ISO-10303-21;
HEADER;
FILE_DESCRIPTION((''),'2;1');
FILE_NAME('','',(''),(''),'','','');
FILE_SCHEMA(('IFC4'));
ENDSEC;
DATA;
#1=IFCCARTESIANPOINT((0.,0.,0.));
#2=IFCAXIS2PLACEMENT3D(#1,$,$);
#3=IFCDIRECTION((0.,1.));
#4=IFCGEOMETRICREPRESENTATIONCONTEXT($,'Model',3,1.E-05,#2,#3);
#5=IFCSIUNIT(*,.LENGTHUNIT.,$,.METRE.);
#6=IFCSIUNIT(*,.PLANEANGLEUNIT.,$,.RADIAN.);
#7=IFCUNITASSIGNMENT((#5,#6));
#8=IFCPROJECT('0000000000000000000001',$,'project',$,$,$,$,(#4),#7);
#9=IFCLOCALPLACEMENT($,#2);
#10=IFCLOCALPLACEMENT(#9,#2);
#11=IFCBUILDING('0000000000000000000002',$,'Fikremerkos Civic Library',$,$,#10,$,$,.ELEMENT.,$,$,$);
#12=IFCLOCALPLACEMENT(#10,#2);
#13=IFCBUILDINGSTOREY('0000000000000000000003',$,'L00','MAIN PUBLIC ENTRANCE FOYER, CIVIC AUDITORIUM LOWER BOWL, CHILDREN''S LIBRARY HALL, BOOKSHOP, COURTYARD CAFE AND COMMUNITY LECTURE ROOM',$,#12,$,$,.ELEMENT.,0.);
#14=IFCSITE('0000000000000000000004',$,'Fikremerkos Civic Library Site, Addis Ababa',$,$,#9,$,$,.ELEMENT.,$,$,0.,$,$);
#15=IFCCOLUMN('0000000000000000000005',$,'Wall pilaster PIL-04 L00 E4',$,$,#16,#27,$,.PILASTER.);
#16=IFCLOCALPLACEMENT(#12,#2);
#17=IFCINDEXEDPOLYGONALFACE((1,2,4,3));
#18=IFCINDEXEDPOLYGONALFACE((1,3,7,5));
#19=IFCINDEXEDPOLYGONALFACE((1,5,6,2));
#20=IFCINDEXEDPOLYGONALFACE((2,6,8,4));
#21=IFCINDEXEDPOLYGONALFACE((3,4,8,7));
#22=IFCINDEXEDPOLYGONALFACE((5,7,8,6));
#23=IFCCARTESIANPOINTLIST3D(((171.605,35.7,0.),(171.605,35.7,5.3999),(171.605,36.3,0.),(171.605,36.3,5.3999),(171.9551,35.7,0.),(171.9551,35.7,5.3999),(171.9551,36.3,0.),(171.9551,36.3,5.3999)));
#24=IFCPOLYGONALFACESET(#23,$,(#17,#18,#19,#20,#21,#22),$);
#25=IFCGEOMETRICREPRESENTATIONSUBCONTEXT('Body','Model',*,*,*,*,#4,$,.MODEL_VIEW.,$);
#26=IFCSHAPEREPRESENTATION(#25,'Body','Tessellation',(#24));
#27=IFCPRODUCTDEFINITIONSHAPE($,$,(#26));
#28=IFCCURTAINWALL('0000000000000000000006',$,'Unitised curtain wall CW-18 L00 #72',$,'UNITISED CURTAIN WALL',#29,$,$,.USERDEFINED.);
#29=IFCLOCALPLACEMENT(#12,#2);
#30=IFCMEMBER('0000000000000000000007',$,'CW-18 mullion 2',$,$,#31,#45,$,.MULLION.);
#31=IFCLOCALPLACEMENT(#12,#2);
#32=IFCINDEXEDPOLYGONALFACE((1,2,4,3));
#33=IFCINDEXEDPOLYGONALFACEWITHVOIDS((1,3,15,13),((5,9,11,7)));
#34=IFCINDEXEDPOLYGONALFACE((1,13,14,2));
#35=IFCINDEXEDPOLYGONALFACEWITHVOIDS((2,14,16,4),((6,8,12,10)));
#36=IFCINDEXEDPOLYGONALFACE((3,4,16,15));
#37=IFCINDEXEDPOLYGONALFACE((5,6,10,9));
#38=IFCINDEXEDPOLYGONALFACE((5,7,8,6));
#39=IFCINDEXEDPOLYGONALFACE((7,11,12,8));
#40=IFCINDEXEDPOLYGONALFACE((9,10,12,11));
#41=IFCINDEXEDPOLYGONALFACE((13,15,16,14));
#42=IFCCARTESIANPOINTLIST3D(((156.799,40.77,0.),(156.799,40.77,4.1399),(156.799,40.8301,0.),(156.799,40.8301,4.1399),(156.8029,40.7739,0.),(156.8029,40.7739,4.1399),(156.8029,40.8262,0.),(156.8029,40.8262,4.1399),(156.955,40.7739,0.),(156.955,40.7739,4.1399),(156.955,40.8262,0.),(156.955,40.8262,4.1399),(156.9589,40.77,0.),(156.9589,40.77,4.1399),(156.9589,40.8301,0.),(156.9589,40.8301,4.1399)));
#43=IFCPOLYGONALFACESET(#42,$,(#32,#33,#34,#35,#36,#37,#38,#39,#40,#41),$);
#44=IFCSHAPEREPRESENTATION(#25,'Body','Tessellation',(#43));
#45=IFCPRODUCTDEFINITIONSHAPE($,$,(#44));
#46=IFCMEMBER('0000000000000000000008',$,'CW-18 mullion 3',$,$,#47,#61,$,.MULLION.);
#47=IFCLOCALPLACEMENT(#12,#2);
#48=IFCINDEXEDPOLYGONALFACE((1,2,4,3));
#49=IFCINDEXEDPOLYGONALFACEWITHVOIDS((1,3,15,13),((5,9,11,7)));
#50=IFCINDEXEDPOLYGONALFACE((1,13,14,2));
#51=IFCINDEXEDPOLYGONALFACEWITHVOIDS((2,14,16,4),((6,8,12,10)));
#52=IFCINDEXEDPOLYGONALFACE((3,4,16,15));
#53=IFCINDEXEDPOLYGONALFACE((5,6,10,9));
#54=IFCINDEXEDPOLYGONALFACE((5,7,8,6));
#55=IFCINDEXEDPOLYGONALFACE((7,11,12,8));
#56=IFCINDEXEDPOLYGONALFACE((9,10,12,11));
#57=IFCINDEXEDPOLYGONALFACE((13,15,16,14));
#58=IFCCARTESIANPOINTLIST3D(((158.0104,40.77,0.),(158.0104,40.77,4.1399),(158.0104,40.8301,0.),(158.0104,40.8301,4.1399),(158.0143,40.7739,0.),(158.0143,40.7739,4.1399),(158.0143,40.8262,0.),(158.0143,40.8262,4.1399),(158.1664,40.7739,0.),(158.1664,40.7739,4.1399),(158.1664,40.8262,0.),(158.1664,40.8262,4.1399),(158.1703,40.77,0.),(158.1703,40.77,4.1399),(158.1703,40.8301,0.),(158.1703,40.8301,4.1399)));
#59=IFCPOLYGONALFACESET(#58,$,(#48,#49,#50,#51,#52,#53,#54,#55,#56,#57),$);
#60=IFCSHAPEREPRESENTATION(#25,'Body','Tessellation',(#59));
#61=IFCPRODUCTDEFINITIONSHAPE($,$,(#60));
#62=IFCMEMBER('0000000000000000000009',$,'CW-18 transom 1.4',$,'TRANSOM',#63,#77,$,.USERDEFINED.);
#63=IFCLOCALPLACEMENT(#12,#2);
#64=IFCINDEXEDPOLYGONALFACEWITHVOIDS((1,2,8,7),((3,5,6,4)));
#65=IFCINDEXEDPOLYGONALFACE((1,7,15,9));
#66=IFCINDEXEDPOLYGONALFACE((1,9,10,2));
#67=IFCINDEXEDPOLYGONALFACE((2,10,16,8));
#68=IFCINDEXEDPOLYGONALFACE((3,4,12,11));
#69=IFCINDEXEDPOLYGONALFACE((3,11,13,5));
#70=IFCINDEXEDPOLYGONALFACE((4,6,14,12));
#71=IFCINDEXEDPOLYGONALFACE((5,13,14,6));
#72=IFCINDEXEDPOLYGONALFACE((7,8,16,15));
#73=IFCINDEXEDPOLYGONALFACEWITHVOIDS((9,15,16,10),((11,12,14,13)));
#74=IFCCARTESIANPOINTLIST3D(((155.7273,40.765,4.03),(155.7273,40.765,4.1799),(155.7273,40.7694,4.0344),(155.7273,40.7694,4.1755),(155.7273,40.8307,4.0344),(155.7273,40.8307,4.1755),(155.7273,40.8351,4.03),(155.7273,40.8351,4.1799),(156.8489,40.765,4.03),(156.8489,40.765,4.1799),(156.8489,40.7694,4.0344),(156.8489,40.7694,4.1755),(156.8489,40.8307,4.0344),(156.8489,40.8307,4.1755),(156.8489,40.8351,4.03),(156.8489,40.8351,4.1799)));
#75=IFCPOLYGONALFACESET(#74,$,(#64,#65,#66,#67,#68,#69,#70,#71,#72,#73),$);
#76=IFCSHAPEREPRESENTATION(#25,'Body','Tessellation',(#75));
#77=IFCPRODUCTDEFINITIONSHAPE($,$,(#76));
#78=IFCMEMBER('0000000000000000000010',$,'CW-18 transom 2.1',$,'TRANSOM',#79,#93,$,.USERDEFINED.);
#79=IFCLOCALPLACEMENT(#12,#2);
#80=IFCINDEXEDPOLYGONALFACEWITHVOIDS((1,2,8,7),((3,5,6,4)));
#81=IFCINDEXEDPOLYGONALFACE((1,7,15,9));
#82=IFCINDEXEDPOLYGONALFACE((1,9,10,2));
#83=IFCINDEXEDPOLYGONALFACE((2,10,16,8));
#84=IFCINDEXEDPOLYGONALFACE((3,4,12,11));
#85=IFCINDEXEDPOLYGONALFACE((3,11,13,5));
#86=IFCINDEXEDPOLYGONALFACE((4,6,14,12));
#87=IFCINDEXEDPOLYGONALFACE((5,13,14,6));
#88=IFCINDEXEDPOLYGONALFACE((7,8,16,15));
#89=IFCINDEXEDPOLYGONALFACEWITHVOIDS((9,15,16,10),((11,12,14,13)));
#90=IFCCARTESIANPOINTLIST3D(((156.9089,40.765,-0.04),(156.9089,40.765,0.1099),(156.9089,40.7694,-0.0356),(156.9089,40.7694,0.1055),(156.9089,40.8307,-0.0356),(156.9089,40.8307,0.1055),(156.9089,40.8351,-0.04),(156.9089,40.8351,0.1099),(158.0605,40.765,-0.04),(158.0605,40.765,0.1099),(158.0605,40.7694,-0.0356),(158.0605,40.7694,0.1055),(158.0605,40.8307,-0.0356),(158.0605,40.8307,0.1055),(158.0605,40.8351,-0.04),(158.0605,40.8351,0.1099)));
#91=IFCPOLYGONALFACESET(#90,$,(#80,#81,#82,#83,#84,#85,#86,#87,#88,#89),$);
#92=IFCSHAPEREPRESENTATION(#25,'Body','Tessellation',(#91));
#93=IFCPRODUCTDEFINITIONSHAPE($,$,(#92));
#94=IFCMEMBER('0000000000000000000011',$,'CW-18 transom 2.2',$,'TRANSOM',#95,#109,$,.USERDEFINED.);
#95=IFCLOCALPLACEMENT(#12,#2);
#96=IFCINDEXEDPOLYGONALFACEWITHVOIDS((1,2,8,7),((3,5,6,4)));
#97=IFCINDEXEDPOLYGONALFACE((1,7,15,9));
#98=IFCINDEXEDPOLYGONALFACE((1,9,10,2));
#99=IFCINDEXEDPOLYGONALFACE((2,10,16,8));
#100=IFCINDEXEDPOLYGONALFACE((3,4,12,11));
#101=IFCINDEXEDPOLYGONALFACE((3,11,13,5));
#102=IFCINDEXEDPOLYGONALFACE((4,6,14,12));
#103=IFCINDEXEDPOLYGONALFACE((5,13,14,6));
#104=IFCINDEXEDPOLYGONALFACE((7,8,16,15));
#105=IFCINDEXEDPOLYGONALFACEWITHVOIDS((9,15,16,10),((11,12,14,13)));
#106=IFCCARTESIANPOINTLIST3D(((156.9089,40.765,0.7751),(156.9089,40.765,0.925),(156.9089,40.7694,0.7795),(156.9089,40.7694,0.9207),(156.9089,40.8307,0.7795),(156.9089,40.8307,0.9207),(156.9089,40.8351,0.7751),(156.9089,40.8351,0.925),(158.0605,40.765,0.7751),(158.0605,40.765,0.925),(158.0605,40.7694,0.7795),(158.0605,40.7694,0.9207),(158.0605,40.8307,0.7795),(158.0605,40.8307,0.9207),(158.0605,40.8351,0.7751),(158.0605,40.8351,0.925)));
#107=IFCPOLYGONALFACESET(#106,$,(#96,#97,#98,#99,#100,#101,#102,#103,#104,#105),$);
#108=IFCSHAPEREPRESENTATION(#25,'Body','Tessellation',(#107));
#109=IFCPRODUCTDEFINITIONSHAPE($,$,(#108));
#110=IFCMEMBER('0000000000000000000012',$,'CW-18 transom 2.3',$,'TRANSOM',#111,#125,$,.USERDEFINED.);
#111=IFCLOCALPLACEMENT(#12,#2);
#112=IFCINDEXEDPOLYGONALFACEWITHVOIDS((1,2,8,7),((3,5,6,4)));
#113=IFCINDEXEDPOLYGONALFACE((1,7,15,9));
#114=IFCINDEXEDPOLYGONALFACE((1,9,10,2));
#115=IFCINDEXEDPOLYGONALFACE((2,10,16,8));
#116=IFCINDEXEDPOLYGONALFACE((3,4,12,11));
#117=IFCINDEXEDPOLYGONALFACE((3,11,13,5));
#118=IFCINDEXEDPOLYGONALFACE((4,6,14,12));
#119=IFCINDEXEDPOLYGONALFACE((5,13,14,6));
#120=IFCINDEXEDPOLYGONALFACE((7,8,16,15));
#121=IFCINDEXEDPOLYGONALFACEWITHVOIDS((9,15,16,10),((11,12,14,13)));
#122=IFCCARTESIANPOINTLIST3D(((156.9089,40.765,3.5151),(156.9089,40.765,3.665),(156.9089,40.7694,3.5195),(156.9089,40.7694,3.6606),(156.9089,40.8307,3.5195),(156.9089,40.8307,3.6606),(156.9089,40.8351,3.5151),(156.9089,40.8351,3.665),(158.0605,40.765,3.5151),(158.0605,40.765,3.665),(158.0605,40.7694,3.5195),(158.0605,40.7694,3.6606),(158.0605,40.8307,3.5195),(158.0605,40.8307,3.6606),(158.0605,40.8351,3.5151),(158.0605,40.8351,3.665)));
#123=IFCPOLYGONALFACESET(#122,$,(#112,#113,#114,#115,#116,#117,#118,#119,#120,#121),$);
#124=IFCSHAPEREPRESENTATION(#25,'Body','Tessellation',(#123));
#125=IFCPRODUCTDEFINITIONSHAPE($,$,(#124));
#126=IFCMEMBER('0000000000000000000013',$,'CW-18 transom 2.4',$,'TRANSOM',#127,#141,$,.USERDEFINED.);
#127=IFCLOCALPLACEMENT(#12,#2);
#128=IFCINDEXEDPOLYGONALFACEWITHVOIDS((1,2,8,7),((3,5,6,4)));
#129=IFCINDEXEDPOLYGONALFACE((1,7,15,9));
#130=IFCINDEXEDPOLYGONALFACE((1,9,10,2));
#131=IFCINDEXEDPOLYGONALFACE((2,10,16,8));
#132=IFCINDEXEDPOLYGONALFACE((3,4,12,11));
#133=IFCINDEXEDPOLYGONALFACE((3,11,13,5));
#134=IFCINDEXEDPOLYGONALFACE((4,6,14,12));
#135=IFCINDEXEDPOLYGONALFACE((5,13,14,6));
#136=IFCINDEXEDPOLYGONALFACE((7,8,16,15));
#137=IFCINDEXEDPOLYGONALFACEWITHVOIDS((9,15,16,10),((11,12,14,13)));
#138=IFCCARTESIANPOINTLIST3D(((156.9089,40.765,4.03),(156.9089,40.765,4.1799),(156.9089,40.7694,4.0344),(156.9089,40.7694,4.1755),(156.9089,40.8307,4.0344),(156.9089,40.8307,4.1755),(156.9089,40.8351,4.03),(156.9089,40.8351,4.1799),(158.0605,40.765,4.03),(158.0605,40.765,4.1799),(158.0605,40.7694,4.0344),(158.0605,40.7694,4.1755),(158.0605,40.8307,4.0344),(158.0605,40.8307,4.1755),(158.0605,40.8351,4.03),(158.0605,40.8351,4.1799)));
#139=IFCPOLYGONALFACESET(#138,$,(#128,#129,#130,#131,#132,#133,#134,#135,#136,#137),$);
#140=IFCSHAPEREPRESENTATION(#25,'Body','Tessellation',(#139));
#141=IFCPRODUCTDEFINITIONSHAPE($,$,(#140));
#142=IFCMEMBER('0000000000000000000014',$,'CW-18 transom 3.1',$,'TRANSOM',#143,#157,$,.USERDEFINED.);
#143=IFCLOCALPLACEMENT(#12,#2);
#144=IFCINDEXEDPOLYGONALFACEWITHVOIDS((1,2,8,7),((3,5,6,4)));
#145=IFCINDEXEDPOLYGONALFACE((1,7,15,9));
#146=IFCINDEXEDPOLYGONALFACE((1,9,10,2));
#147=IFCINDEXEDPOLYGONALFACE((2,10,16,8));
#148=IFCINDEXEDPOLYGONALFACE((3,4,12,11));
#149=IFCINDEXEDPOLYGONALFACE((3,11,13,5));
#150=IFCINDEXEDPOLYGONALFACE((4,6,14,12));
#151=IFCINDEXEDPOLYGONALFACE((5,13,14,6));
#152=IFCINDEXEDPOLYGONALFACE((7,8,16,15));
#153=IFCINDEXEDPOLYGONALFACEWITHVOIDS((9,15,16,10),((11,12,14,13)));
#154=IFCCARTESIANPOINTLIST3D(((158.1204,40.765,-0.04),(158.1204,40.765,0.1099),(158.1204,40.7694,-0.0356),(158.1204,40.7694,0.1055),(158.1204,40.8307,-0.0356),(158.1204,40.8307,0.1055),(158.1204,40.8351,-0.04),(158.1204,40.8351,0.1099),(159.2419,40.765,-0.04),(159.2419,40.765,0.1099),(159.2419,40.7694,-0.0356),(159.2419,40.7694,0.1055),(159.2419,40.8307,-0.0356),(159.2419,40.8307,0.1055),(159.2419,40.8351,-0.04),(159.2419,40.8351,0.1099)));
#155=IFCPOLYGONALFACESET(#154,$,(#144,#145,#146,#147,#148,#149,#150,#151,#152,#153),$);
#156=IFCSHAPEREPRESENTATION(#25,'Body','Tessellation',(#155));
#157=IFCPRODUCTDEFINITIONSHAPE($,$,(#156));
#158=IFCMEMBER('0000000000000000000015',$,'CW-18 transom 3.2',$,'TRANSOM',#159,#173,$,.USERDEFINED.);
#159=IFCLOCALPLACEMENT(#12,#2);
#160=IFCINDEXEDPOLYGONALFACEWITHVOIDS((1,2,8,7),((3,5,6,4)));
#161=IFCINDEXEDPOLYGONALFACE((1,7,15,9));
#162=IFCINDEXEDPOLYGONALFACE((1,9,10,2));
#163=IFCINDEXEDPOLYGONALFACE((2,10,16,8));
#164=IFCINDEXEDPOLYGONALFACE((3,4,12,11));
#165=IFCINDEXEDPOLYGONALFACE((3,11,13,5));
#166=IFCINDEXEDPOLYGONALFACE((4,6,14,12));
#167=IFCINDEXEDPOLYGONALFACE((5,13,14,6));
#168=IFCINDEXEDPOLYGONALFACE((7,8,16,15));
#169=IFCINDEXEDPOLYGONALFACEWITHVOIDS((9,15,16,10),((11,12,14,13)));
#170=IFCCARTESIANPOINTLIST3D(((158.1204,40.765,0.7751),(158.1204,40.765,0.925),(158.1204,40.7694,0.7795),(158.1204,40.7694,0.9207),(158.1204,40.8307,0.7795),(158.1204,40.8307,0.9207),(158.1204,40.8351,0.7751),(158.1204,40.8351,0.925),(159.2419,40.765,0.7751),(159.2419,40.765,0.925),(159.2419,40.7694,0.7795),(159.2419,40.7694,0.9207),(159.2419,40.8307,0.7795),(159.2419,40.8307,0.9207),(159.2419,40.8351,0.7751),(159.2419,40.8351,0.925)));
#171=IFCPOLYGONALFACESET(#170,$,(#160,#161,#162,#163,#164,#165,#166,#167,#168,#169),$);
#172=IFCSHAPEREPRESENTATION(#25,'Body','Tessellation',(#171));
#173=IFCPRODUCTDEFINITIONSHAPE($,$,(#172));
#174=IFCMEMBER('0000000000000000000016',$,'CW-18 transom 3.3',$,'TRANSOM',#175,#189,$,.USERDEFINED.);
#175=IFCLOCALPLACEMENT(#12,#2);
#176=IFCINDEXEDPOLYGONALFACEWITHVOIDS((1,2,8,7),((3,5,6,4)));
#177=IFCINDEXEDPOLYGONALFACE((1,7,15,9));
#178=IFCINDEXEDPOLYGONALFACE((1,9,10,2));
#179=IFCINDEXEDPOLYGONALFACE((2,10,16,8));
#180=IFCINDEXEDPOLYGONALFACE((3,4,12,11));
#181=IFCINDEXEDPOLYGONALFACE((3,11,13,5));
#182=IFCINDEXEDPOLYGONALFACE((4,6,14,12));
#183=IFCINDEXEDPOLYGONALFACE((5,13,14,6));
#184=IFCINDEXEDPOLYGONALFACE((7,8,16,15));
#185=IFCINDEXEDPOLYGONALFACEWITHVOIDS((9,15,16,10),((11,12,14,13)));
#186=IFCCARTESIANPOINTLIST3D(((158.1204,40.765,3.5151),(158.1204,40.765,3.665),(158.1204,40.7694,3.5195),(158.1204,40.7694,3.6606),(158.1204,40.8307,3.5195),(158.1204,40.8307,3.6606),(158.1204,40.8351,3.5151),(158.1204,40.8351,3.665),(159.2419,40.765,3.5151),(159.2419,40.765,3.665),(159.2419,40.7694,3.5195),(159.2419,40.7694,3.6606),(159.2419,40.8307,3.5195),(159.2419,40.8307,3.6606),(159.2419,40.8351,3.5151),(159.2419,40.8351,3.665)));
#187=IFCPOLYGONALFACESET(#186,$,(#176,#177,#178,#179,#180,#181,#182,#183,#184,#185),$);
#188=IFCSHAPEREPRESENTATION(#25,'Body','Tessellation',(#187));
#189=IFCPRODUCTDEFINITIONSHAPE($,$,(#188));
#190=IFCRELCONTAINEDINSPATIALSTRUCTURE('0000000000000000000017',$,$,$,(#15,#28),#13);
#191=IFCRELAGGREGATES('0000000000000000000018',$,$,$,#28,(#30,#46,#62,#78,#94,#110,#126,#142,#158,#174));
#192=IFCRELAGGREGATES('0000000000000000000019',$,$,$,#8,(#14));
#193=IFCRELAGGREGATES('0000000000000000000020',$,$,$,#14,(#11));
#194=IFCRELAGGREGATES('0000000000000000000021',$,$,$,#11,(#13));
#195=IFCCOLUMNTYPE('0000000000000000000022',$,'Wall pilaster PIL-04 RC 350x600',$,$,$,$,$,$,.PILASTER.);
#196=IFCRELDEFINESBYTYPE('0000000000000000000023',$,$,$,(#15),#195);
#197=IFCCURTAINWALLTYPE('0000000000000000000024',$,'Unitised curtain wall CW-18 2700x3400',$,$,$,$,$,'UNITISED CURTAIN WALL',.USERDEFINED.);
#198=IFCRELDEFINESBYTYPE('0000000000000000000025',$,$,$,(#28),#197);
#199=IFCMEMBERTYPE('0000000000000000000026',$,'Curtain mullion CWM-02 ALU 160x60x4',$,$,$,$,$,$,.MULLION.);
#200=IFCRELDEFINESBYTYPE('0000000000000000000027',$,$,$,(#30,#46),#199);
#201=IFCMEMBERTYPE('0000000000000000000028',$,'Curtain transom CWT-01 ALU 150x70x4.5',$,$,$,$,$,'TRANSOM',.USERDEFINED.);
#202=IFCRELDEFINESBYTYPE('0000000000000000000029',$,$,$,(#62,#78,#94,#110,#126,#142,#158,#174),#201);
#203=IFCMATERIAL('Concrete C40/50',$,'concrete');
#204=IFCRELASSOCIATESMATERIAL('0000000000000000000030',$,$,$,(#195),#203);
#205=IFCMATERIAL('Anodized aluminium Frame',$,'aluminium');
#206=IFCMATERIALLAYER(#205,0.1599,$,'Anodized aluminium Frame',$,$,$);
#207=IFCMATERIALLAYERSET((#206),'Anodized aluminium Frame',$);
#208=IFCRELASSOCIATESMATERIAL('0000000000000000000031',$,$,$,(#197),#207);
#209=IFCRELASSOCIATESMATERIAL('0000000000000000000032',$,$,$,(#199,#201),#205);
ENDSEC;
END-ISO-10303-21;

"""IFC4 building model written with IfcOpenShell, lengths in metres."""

from ifc_helpers import new_model, si_unit, direction, frame, origin, origin_2d, place, context, subcontext, project, spatial, rectangle, hollow_rectangle, extrude, material, layer, layer_set, material_profile, profile_set, type_object, element, aggregate, save


model = new_model("IFC4")

# Units and contexts
model_context = context("Model", 3, precision=1e-05, world=origin(), true_north=direction((0.0, 1.0)))
body_context = subcontext(model_context, "Body", "Model", "MODEL_VIEW")
ifc_project = project(units=[si_unit("LENGTHUNIT", "METRE"), si_unit("PLANEANGLEUNIT", "RADIAN")], contexts=[model_context])

# Site, building, storey
site_placement = place(None, origin())
site = spatial("IfcSite", under=ifc_project, at=site_placement, Name="Fikremerkos Civic Library Site, Addis Ababa", CompositionType="ELEMENT", RefElevation=0.0)
building_placement = place(site_placement, origin())
building = spatial("IfcBuilding", under=site, at=building_placement, Name="Fikremerkos Civic Library", CompositionType="ELEMENT")
storey_placement = place(building_placement, origin())
storey = spatial("IfcBuildingStorey", under=building, at=storey_placement, Name="L00", Description="MAIN PUBLIC ENTRANCE FOYER, CIVIC AUDITORIUM LOWER BOWL, CHILDREN'S LIBRARY HALL, BOOKSHOP, COURTYARD CAFE AND COMMUNITY LECTURE ROOM", CompositionType="ELEMENT", Elevation=0.0)

# Column
ifc_material_1 = material(Name="Concrete C40/50", Category="concrete")
ifc_material_profile_1 = material_profile(ifc_material_1, rectangle(XDim=0.3501, YDim=0.6001, at=origin_2d()), Name="RC 350x600")
ifc_profile_set_1 = profile_set([ifc_material_profile_1], Name="Concrete C40/50")
column_type = type_object("IfcColumnType", Name="Wall pilaster PIL-04 RC 350x600", PredefinedType="PILASTER", material=ifc_profile_set_1)
column_placement = place(storey_placement, frame((171.78, 36.0, 0.0), z_axis=(0.0, 0.0, 1.0), x_axis=(1.0, 0.0, 0.0)))
element("IfcColumn", 1, at=column_placement, inside=storey, type_object=column_type, Name="Wall pilaster PIL-04 L00 E4", PredefinedType="PILASTER", context=body_context, shape_type="SweptSolid", body=[
    extrude(rectangle(XDim=0.3501, YDim=0.6001, at=origin_2d()), origin(), (0.0, 0.0, 1.0), 5.3999),
])

# Curtain wall, members
ifc_material_2 = material(Name="Anodized aluminium Frame", Category="aluminium")
ifc_layer_1 = layer(ifc_material_2, 0.1599, Name="Anodized aluminium Frame")
ifc_layer_set_1 = layer_set([ifc_layer_1], Name="Anodized aluminium Frame")
curtain_wall_type = type_object("IfcCurtainWallType", Name="Unitised curtain wall CW-18 2700x3400", ElementType="UNITISED CURTAIN WALL", PredefinedType="USERDEFINED", material=ifc_layer_set_1)
curtain_wall_placement = place(storey_placement, origin())
curtain_wall = element("IfcCurtainWall", 2, at=curtain_wall_placement, inside=storey, type_object=curtain_wall_type, Name="Unitised curtain wall CW-18 L00 #72", ObjectType="UNITISED CURTAIN WALL", PredefinedType="USERDEFINED")
ifc_material_profile_2 = material_profile(ifc_material_2, hollow_rectangle(XDim=0.0601, YDim=0.1599, WallThickness=0.0039, at=origin_2d()), Name="ALU 160x60x4")
ifc_profile_set_2 = profile_set([ifc_material_profile_2], Name="Anodized aluminium Frame")
member_type_1 = type_object("IfcMemberType", Name="Curtain mullion CWM-02 ALU 160x60x4", PredefinedType="MULLION", material=ifc_profile_set_2)
member_1_placement = place(storey_placement, frame((156.8789, 40.8, 0.0), z_axis=(0.0, 0.0, 1.0), x_axis=(0.0, 1.0, 0.0)))
member_1 = element("IfcMember", 3, at=member_1_placement, type_object=member_type_1, Name="CW-18 mullion 2", PredefinedType="MULLION", context=body_context, shape_type="SweptSolid", body=[
    extrude(hollow_rectangle(XDim=0.0601, YDim=0.1599, WallThickness=0.0039, at=origin_2d()), origin(), (0.0, 0.0, 1.0), 4.1399),
])
member_2_placement = place(storey_placement, frame((158.0903, 40.8, 0.0), z_axis=(0.0, 0.0, 1.0), x_axis=(0.0, 1.0, 0.0)))
member_2 = element("IfcMember", 4, at=member_2_placement, type_object=member_type_1, Name="CW-18 mullion 3", PredefinedType="MULLION", context=body_context, shape_type="SweptSolid", body=[
    extrude(hollow_rectangle(XDim=0.0601, YDim=0.1599, WallThickness=0.0039, at=origin_2d()), origin(), (0.0, 0.0, 1.0), 4.1399),
])
ifc_material_profile_3 = material_profile(ifc_material_2, hollow_rectangle(XDim=0.0701, YDim=0.1499, WallThickness=0.0044, at=origin_2d()), Name="ALU 150x70x4.5")
ifc_profile_set_3 = profile_set([ifc_material_profile_3], Name="Anodized aluminium Frame")
member_type_2 = type_object("IfcMemberType", Name="Curtain transom CWT-01 ALU 150x70x4.5", ElementType="TRANSOM", PredefinedType="USERDEFINED", material=ifc_profile_set_3)
member_3_placement = place(storey_placement, frame((155.7273, 40.8, 4.105), z_axis=(1.0, 0.0, 0.0), x_axis=(0.0, 1.0, 0.0)))
member_3 = element("IfcMember", 5, at=member_3_placement, type_object=member_type_2, Name="CW-18 transom 1.4", ObjectType="TRANSOM", PredefinedType="USERDEFINED", context=body_context, shape_type="SweptSolid", body=[
    extrude(hollow_rectangle(XDim=0.0701, YDim=0.1499, WallThickness=0.0044, at=origin_2d()), origin(), (0.0, 0.0, 1.0), 1.1216),
])
member_4_placement = place(storey_placement, frame((156.9089, 40.8, 0.0349), z_axis=(1.0, 0.0, 0.0), x_axis=(0.0, 1.0, 0.0)))
member_4 = element("IfcMember", 6, at=member_4_placement, type_object=member_type_2, Name="CW-18 transom 2.1", ObjectType="TRANSOM", PredefinedType="USERDEFINED", context=body_context, shape_type="SweptSolid", body=[
    extrude(hollow_rectangle(XDim=0.0701, YDim=0.1499, WallThickness=0.0044, at=origin_2d()), origin(), (0.0, 0.0, 1.0), 1.1516),
])
member_5_placement = place(storey_placement, frame((156.9089, 40.8, 0.8501), z_axis=(1.0, 0.0, 0.0), x_axis=(0.0, 1.0, 0.0)))
member_5 = element("IfcMember", 7, at=member_5_placement, type_object=member_type_2, Name="CW-18 transom 2.2", ObjectType="TRANSOM", PredefinedType="USERDEFINED", context=body_context, shape_type="SweptSolid", body=[
    extrude(hollow_rectangle(XDim=0.0701, YDim=0.1499, WallThickness=0.0044, at=origin_2d()), origin(), (0.0, 0.0, 1.0), 1.1516),
])
member_6_placement = place(storey_placement, frame((156.9089, 40.8, 3.5901), z_axis=(1.0, 0.0, 0.0), x_axis=(0.0, 1.0, 0.0)))
member_6 = element("IfcMember", 8, at=member_6_placement, type_object=member_type_2, Name="CW-18 transom 2.3", ObjectType="TRANSOM", PredefinedType="USERDEFINED", context=body_context, shape_type="SweptSolid", body=[
    extrude(hollow_rectangle(XDim=0.0701, YDim=0.1499, WallThickness=0.0044, at=origin_2d()), origin(), (0.0, 0.0, 1.0), 1.1516),
])
member_7_placement = place(storey_placement, frame((156.9089, 40.8, 4.105), z_axis=(1.0, 0.0, 0.0), x_axis=(0.0, 1.0, 0.0)))
member_7 = element("IfcMember", 9, at=member_7_placement, type_object=member_type_2, Name="CW-18 transom 2.4", ObjectType="TRANSOM", PredefinedType="USERDEFINED", context=body_context, shape_type="SweptSolid", body=[
    extrude(hollow_rectangle(XDim=0.0701, YDim=0.1499, WallThickness=0.0044, at=origin_2d()), origin(), (0.0, 0.0, 1.0), 1.1516),
])
member_8_placement = place(storey_placement, frame((158.1204, 40.8, 0.0349), z_axis=(1.0, 0.0, 0.0), x_axis=(0.0, 1.0, 0.0)))
member_8 = element("IfcMember", 10, at=member_8_placement, type_object=member_type_2, Name="CW-18 transom 3.1", ObjectType="TRANSOM", PredefinedType="USERDEFINED", context=body_context, shape_type="SweptSolid", body=[
    extrude(hollow_rectangle(XDim=0.0701, YDim=0.1499, WallThickness=0.0044, at=origin_2d()), origin(), (0.0, 0.0, 1.0), 1.1216),
])
member_9_placement = place(storey_placement, frame((158.1204, 40.8, 0.8501), z_axis=(1.0, 0.0, 0.0), x_axis=(0.0, 1.0, 0.0)))
member_9 = element("IfcMember", 11, at=member_9_placement, type_object=member_type_2, Name="CW-18 transom 3.2", ObjectType="TRANSOM", PredefinedType="USERDEFINED", context=body_context, shape_type="SweptSolid", body=[
    extrude(hollow_rectangle(XDim=0.0701, YDim=0.1499, WallThickness=0.0044, at=origin_2d()), origin(), (0.0, 0.0, 1.0), 1.1216),
])
member_10_placement = place(storey_placement, frame((158.1204, 40.8, 3.5901), z_axis=(1.0, 0.0, 0.0), x_axis=(0.0, 1.0, 0.0)))
member_10 = element("IfcMember", 12, at=member_10_placement, type_object=member_type_2, Name="CW-18 transom 3.3", ObjectType="TRANSOM", PredefinedType="USERDEFINED", context=body_context, shape_type="SweptSolid", body=[
    extrude(hollow_rectangle(XDim=0.0701, YDim=0.1499, WallThickness=0.0044, at=origin_2d()), origin(), (0.0, 0.0, 1.0), 1.1216),
])
aggregate(curtain_wall, [member_1, member_2, member_3, member_4, member_5, member_6, member_7, member_8, member_9, member_10])

save(model, "model.ifc")
